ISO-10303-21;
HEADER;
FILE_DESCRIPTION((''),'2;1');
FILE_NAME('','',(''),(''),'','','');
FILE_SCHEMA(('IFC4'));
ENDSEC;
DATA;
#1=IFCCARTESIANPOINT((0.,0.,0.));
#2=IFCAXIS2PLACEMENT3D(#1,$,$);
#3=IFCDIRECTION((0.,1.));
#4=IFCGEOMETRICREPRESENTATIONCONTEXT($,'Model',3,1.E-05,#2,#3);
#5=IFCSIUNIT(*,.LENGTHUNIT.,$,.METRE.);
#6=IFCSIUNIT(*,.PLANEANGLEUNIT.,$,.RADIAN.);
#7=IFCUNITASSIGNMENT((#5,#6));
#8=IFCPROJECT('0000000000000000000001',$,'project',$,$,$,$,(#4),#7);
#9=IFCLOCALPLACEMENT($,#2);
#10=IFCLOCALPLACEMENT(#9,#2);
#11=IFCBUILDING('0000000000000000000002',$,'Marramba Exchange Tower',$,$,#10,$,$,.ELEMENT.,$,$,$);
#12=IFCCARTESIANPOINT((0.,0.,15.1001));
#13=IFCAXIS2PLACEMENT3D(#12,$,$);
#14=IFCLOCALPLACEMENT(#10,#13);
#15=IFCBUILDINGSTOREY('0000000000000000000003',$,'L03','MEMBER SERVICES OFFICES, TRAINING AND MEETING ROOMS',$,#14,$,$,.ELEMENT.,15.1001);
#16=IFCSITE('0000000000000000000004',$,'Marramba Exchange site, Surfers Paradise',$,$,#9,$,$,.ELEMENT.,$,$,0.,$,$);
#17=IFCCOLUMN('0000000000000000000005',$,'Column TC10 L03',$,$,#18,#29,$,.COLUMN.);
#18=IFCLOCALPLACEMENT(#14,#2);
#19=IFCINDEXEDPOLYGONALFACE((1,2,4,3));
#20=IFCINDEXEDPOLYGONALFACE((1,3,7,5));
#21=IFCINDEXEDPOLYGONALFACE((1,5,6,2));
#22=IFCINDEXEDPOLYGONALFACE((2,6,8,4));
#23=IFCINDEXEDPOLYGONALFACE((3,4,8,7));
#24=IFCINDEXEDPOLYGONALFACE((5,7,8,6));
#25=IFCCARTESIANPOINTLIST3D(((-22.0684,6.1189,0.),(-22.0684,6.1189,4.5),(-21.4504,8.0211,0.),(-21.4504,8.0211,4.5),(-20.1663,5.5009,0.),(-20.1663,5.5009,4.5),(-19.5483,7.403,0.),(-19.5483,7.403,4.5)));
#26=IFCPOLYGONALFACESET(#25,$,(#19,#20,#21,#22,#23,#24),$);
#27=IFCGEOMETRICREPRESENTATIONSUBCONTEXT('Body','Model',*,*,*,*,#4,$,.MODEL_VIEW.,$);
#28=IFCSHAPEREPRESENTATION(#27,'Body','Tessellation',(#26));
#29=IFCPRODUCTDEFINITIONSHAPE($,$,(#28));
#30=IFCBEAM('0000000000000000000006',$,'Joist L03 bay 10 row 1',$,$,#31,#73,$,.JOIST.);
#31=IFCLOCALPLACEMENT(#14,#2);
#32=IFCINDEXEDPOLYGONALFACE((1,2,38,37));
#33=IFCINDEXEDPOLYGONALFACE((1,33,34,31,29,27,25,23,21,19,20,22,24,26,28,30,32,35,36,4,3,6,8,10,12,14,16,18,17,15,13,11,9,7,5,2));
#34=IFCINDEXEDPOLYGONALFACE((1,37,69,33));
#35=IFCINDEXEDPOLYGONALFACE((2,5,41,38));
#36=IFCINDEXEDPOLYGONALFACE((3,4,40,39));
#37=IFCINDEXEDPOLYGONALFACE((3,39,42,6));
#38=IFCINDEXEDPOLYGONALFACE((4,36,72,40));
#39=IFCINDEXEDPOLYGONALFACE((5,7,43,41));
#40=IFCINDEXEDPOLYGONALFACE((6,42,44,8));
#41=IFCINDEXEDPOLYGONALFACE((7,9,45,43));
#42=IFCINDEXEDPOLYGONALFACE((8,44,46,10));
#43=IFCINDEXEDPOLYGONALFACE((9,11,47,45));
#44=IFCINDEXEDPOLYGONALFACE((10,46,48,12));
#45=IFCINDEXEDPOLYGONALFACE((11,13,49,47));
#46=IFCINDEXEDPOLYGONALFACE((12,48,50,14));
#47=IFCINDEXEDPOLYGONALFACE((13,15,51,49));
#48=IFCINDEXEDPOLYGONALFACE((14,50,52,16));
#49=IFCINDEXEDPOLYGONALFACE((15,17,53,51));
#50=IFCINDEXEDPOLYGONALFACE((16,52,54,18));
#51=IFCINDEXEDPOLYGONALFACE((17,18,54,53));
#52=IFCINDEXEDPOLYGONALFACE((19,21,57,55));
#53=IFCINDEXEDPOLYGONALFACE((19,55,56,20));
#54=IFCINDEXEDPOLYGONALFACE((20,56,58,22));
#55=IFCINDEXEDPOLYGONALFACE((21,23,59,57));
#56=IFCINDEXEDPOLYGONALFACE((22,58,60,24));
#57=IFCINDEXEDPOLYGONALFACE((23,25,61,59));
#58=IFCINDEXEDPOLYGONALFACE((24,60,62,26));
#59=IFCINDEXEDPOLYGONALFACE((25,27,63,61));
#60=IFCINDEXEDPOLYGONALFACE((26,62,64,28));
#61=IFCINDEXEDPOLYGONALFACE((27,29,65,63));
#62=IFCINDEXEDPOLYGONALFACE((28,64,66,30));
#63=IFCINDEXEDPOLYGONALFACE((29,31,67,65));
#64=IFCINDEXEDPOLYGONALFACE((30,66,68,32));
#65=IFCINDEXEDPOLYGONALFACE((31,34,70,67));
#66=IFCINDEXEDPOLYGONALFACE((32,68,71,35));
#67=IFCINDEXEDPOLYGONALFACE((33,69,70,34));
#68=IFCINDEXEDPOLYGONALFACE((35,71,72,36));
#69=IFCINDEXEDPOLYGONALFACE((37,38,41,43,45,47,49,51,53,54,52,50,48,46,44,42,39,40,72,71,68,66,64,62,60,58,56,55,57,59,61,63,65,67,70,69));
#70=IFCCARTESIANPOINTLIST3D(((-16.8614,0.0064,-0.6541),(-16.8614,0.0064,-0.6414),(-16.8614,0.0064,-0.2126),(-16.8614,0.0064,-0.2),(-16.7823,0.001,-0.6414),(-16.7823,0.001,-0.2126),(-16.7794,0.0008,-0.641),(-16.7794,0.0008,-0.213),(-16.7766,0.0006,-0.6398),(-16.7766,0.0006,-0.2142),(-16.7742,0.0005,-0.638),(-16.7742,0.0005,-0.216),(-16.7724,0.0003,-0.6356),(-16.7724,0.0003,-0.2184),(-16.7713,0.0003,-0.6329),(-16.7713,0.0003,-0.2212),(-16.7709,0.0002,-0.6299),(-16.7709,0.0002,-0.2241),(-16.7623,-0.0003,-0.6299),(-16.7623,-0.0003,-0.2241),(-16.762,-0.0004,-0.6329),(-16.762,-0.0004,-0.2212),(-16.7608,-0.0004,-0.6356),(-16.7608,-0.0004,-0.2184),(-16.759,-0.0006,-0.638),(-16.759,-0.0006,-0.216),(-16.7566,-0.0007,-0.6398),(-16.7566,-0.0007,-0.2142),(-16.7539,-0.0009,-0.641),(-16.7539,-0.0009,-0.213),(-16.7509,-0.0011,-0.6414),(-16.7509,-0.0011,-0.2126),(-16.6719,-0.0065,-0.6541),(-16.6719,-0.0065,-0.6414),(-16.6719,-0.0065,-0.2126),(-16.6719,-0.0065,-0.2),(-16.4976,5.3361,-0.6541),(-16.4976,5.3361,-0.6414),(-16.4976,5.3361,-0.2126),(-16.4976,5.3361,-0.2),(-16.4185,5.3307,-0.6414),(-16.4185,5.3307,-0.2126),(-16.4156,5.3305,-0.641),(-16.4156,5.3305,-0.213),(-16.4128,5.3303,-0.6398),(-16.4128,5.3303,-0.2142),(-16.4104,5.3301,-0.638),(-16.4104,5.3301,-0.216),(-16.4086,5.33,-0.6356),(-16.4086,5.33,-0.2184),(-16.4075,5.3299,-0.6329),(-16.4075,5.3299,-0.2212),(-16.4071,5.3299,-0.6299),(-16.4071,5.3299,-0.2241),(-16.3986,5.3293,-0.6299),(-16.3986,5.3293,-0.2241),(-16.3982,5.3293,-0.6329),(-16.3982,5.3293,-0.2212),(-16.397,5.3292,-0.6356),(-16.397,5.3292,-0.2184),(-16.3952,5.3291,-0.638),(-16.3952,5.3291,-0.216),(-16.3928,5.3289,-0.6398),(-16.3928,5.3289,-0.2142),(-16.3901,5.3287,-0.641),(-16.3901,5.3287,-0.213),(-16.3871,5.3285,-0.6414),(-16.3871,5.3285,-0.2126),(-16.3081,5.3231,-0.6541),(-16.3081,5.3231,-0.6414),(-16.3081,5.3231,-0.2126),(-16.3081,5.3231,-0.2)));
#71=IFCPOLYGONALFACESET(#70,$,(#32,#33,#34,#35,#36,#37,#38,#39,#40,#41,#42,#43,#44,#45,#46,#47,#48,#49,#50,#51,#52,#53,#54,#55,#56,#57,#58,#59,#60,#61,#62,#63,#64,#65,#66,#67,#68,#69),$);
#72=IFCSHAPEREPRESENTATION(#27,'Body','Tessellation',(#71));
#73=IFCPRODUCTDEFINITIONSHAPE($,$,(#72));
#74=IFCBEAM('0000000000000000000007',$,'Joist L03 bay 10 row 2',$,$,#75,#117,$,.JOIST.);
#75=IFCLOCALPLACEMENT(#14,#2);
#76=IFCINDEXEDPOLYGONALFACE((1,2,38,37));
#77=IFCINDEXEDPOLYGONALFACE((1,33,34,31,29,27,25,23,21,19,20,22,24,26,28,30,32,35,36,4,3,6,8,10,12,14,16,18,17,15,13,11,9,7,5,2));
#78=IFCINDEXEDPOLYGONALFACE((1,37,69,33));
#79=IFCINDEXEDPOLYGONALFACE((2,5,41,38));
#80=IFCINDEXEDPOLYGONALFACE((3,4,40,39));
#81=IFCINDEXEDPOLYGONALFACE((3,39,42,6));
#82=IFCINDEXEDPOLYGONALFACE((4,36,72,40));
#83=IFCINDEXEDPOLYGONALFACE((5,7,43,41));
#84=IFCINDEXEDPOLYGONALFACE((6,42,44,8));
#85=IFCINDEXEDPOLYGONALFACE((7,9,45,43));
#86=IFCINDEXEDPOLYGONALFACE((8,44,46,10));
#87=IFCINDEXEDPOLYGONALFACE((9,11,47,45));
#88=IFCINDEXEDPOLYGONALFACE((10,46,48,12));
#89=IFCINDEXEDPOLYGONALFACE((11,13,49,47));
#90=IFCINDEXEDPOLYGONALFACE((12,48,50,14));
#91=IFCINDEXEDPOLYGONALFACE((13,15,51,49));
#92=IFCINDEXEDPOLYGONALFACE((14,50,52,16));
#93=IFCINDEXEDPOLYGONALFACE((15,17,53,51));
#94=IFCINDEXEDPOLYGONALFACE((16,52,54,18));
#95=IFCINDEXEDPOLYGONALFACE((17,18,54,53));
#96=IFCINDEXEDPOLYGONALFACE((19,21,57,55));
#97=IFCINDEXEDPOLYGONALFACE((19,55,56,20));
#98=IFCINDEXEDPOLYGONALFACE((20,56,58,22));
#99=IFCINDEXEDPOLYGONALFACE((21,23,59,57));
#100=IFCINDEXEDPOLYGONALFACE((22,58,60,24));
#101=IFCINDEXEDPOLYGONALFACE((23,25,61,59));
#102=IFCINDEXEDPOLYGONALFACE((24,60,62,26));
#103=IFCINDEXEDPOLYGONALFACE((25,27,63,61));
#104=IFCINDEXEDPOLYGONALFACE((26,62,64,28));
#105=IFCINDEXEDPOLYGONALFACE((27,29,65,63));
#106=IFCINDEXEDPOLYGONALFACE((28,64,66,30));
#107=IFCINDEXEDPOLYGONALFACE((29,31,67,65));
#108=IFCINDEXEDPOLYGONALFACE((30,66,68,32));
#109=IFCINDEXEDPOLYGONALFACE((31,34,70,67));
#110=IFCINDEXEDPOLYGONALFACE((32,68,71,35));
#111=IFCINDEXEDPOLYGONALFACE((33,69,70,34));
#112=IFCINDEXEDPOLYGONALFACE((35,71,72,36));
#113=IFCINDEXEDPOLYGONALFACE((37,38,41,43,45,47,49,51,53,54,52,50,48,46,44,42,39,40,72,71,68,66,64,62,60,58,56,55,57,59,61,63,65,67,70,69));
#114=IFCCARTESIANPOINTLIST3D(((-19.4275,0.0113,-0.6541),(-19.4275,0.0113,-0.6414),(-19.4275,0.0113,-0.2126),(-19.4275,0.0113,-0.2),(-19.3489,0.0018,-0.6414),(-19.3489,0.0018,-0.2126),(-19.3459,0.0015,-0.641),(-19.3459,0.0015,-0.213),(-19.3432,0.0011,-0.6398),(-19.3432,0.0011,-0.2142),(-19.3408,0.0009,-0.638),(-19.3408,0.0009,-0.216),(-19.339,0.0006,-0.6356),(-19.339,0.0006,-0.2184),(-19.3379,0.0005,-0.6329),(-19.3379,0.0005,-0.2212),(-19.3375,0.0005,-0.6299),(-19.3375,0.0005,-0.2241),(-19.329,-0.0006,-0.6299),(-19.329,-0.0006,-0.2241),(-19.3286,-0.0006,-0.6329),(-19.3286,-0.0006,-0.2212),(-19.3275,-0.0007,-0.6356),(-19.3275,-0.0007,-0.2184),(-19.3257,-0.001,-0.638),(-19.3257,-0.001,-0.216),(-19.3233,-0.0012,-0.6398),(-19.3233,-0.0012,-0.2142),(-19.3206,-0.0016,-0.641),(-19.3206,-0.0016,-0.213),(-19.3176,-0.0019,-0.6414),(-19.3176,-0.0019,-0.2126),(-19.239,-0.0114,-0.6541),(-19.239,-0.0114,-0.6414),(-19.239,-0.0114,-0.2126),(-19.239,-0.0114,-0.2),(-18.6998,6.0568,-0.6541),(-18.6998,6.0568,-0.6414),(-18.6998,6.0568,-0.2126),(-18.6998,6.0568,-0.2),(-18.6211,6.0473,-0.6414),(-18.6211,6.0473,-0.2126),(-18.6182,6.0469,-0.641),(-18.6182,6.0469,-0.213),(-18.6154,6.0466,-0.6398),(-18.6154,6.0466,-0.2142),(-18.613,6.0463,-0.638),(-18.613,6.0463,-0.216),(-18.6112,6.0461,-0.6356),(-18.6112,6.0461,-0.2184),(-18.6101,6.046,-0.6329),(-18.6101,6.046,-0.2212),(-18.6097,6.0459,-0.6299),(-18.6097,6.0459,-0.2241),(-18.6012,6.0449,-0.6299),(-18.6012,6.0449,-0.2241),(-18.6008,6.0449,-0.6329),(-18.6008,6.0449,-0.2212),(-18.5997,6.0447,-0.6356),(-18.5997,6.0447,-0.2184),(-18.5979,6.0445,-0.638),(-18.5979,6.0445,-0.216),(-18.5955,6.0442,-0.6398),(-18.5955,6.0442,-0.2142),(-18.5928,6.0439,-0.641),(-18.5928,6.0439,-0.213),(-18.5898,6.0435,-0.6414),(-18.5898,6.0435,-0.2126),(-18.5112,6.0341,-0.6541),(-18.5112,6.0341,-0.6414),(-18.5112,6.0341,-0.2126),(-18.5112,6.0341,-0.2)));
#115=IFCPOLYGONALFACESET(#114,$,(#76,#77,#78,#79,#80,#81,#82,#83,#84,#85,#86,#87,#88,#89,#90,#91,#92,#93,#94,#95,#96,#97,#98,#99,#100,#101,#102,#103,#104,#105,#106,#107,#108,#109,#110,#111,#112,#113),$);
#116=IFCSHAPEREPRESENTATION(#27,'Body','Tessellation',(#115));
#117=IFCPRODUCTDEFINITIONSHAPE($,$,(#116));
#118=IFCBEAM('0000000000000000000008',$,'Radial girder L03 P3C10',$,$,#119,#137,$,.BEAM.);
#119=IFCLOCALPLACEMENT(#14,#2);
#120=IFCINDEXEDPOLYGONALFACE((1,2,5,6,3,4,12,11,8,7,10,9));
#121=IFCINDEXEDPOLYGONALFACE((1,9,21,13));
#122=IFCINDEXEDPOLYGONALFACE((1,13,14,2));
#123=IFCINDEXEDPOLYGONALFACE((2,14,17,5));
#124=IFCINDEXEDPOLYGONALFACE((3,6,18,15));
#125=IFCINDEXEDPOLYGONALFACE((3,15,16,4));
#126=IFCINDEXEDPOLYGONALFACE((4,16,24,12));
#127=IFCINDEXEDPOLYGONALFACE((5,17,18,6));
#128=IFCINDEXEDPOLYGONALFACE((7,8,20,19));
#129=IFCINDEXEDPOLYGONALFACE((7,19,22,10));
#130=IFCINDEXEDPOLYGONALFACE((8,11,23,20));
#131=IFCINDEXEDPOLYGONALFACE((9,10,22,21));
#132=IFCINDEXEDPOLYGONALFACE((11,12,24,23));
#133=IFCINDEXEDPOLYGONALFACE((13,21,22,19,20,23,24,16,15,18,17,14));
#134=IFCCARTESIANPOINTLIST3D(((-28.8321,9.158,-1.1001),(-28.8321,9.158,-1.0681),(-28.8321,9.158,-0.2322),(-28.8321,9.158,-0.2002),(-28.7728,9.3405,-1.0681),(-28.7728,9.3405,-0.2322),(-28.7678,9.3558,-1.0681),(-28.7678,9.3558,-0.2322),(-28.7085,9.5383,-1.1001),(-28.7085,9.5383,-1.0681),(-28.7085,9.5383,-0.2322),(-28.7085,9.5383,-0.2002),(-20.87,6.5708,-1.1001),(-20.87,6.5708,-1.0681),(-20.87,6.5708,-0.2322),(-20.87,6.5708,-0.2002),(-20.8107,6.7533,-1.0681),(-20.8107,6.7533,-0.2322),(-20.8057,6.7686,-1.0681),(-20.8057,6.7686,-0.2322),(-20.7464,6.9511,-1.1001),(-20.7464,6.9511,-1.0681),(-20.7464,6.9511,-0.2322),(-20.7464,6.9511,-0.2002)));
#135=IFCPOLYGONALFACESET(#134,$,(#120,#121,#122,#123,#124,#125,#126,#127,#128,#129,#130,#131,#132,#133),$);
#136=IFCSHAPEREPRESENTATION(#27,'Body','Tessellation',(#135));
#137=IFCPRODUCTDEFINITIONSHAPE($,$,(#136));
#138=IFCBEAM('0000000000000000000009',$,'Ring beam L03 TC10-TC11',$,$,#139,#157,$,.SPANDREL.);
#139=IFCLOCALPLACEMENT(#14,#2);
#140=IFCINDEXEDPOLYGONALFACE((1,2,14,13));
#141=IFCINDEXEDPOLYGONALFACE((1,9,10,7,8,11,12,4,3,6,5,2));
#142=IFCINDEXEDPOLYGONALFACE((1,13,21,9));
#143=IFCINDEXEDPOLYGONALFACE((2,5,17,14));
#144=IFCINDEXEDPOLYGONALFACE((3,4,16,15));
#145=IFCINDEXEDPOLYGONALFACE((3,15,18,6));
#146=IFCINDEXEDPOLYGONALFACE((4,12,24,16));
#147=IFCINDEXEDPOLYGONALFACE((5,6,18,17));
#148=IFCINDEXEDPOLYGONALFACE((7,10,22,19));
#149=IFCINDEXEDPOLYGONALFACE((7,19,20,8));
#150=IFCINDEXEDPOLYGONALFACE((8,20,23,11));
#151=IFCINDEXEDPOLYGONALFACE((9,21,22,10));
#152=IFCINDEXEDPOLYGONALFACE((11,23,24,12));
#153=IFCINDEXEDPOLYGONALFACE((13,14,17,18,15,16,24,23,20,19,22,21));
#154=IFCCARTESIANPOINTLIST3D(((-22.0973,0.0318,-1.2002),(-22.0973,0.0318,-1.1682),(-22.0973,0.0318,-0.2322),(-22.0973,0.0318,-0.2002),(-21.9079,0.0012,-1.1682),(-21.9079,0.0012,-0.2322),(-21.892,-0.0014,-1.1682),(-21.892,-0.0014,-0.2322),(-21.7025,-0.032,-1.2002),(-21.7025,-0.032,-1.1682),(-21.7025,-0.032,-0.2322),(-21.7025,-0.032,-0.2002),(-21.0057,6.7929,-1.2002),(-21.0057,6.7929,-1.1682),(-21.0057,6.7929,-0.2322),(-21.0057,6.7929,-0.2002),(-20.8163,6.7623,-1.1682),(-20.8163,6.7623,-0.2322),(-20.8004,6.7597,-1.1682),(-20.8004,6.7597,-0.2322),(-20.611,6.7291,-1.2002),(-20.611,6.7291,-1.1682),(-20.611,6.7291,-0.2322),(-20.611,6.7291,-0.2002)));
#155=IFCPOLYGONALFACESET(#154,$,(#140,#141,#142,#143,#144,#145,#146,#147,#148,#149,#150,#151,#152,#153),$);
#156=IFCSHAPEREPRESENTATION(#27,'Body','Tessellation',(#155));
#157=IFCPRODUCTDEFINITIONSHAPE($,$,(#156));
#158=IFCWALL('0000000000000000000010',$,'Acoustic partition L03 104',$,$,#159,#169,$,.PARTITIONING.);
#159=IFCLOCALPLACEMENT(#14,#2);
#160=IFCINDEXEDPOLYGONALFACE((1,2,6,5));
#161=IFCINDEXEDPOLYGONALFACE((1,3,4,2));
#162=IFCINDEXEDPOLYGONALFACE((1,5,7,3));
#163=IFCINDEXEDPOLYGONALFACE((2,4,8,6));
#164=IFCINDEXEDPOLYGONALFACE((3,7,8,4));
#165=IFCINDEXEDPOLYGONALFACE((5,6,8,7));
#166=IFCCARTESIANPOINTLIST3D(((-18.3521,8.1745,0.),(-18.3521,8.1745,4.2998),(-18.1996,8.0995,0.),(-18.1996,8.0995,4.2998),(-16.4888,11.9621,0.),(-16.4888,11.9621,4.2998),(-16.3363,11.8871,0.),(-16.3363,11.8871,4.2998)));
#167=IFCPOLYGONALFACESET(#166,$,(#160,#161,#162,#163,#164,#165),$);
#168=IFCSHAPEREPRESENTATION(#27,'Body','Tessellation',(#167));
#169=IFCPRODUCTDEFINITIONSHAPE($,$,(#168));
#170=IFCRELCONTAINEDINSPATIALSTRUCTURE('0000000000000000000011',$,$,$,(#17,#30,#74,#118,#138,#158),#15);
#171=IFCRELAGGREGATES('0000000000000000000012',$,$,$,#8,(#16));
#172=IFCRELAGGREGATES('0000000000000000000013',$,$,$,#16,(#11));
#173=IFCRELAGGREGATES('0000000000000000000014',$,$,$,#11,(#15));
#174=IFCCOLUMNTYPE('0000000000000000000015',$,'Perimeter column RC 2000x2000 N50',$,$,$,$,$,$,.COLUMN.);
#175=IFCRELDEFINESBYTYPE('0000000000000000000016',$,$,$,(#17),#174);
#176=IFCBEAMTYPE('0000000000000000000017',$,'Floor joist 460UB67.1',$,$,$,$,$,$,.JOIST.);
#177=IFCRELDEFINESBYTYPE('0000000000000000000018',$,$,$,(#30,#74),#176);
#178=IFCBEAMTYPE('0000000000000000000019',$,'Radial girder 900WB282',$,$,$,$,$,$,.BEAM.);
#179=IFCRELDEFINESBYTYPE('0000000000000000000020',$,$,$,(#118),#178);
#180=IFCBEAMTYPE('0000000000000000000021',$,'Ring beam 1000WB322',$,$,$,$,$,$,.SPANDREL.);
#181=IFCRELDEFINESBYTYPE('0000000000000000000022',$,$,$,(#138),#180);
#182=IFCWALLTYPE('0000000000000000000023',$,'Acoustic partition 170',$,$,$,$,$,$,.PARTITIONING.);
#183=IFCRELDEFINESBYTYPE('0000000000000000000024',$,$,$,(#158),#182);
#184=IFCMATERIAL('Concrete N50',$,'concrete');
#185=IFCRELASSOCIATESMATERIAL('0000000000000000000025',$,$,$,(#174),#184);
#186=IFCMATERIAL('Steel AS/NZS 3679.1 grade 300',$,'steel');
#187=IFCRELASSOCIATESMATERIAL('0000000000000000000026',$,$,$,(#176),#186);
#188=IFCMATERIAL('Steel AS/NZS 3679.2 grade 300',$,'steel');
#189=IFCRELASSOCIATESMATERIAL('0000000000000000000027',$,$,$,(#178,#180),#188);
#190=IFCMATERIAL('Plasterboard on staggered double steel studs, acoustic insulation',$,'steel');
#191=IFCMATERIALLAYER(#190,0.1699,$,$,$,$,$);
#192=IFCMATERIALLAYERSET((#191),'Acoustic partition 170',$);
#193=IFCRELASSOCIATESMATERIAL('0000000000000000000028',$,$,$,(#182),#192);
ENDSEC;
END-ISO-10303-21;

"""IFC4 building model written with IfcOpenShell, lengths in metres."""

from ifc_helpers import new_model, si_unit, direction, frame, frame_2d, origin, origin_2d, place, context, subcontext, project, spatial, rectangle, i_section, extrude, material, layer, layer_set, material_profile, profile_set, type_object, element, save


model = new_model("IFC4")

# Units and contexts
model_context = context("Model", 3, precision=1e-05, world=origin(), true_north=direction((0.0, 1.0)))
body_context = subcontext(model_context, "Body", "Model", "MODEL_VIEW")
ifc_project = project(units=[si_unit("LENGTHUNIT", "METRE"), si_unit("PLANEANGLEUNIT", "RADIAN")], contexts=[model_context])

# Site, building, storey
site_placement = place(None, origin())
site = spatial("IfcSite", under=ifc_project, at=site_placement, Name="Marramba Exchange site, Surfers Paradise", CompositionType="ELEMENT", RefElevation=0.0)
building_placement = place(site_placement, origin())
building = spatial("IfcBuilding", under=site, at=building_placement, Name="Marramba Exchange Tower", CompositionType="ELEMENT")
storey_placement = place(building_placement, frame((0.0, 0.0, 15.1001)))
storey = spatial("IfcBuildingStorey", under=building, at=storey_placement, Name="L03", Description="MEMBER SERVICES OFFICES, TRAINING AND MEETING ROOMS", CompositionType="ELEMENT", Elevation=15.1001)

# Column
ifc_material_1 = material(Name="Concrete N50", Category="concrete")
ifc_material_profile_1 = material_profile(ifc_material_1, rectangle(XDim=2.0, YDim=2.0, at=origin_2d()), Name="RC 2000x2000")
ifc_profile_set_1 = profile_set([ifc_material_profile_1], Name="Concrete N50")
column_type = type_object("IfcColumnType", Name="Perimeter column RC 2000x2000 N50", PredefinedType="COLUMN", material=ifc_profile_set_1)
column_placement = place(storey_placement, frame((-20.8083, 6.761, 0.0), z_axis=(0.0, 0.0, 1.0), x_axis=(-0.951057, 0.309017, 0.0)))
element("IfcColumn", 1, at=column_placement, inside=storey, type_object=column_type, Name="Column TC10 L03", PredefinedType="COLUMN", context=body_context, shape_type="SweptSolid", body=[
    extrude(rectangle(XDim=2.0, YDim=2.0, at=origin_2d()), origin(), (0.0, 0.0, 1.0), 4.5),
])

# Beams
ifc_material_2 = material(Name="Steel AS/NZS 3679.1 grade 300", Category="steel")
ifc_material_profile_2 = material_profile(ifc_material_2, i_section(OverallWidth=0.1899, OverallDepth=0.4541, WebThickness=0.0085, FlangeThickness=0.0127, FilletRadius=0.0115, at=origin_2d()), Name="460UB67.1")
ifc_profile_set_2 = profile_set([ifc_material_profile_2], Name="Steel AS/NZS 3679.1 grade 300")
beam_type_1 = type_object("IfcBeamType", Name="Floor joist 460UB67.1", PredefinedType="JOIST", material=ifc_profile_set_2)
beam_1_placement = place(storey_placement, frame((-16.4028, 5.3296, -0.427), z_axis=(-0.068096, -0.997679, 0.0), x_axis=(0.997679, -0.068096, 0.0)))
element("IfcBeam", 2, at=beam_1_placement, inside=storey, type_object=beam_type_1, Name="Joist L03 bay 10 row 1", PredefinedType="JOIST", context=body_context, shape_type="SweptSolid", body=[
    extrude(i_section(OverallWidth=0.1899, OverallDepth=0.4541, WebThickness=0.0085, FlangeThickness=0.0127, FilletRadius=0.0115, at=origin_2d()), origin(), (0.0, 0.0, 1.0), 5.342),
])
beam_2_placement = place(storey_placement, frame((-18.6055, 6.0454, -0.427), z_axis=(-0.119523, -0.992831, 0.0), x_axis=(0.992831, -0.119523, 0.0)))
element("IfcBeam", 3, at=beam_2_placement, inside=storey, type_object=beam_type_1, Name="Joist L03 bay 10 row 2", PredefinedType="JOIST", context=body_context, shape_type="SweptSolid", body=[
    extrude(i_section(OverallWidth=0.1899, OverallDepth=0.4541, WebThickness=0.0085, FlangeThickness=0.0127, FilletRadius=0.0115, at=origin_2d()), origin(), (0.0, 0.0, 1.0), 6.0891),
])
ifc_material_3 = material(Name="Steel AS/NZS 3679.2 grade 300", Category="steel")
ifc_material_profile_3 = material_profile(ifc_material_3, i_section(OverallWidth=0.3999, OverallDepth=0.8999, WebThickness=0.0161, FlangeThickness=0.032, at=origin_2d()), Name="900WB282")
ifc_profile_set_3 = profile_set([ifc_material_profile_3], Name="Steel AS/NZS 3679.2 grade 300")
beam_type_2 = type_object("IfcBeamType", Name="Radial girder 900WB282", PredefinedType="BEAM", material=ifc_profile_set_3)
beam_3_placement = place(storey_placement, frame((-28.7703, 9.3481, -0.6501), z_axis=(0.95105, -0.309036, 0.0), x_axis=(0.309036, 0.95105, 0.0)))
element("IfcBeam", 4, at=beam_3_placement, inside=storey, type_object=beam_type_2, Name="Radial girder L03 P3C10", PredefinedType="BEAM", context=body_context, shape_type="SweptSolid", body=[
    extrude(i_section(OverallWidth=0.3999, OverallDepth=0.8999, WebThickness=0.0161, FlangeThickness=0.032, at=origin_2d()), origin(), (0.0, 0.0, 1.0), 8.3718),
])
ifc_material_profile_4 = material_profile(ifc_material_3, i_section(OverallWidth=0.3999, OverallDepth=1.0, WebThickness=0.0161, FlangeThickness=0.032, at=origin_2d()), Name="1000WB322")
ifc_profile_set_4 = profile_set([ifc_material_profile_4], Name="Steel AS/NZS 3679.2 grade 300")
beam_type_3 = type_object("IfcBeamType", Name="Ring beam 1000WB322", PredefinedType="SPANDREL", material=ifc_profile_set_4)
beam_4_placement = place(storey_placement, frame((-20.8083, 6.761, -0.7002), z_axis=(-0.159385, -0.987217, 0.0), x_axis=(0.987217, -0.159385, 0.0)))
element("IfcBeam", 5, at=beam_4_placement, inside=storey, type_object=beam_type_3, Name="Ring beam L03 TC10-TC11", PredefinedType="SPANDREL", context=body_context, shape_type="SweptSolid", body=[
    extrude(i_section(OverallWidth=0.3999, OverallDepth=1.0, WebThickness=0.0161, FlangeThickness=0.032, at=origin_2d()), origin(), (0.0, 0.0, 1.0), 6.8486),
])

# Wall
ifc_material_4 = material(Name="Plasterboard on staggered double steel studs, acoustic insulation", Category="steel")
ifc_layer_1 = layer(ifc_material_4, 0.1699)
ifc_layer_set_1 = layer_set([ifc_layer_1], Name="Acoustic partition 170")
wall_type_1 = type_object("IfcWallType", Name="Acoustic partition 170", PredefinedType="PARTITIONING", material=ifc_layer_set_1)
wall_1_placement = place(storey_placement, frame((-18.2759, 8.137, 0.0), z_axis=(0.0, 0.0, 1.0), x_axis=(0.44142, 0.8973, 0.0)))
element("IfcWall", 6, at=wall_1_placement, inside=storey, type_object=wall_type_1, Name="Acoustic partition L03 104", PredefinedType="PARTITIONING", context=body_context, shape_type="SweptSolid", body=[
    extrude(rectangle(XDim=4.2212, YDim=0.1699, at=frame_2d((2.1106, 0.0))), origin(), (0.0, 0.0, 1.0), 4.2998),
])

save(model, "model.ifc")
